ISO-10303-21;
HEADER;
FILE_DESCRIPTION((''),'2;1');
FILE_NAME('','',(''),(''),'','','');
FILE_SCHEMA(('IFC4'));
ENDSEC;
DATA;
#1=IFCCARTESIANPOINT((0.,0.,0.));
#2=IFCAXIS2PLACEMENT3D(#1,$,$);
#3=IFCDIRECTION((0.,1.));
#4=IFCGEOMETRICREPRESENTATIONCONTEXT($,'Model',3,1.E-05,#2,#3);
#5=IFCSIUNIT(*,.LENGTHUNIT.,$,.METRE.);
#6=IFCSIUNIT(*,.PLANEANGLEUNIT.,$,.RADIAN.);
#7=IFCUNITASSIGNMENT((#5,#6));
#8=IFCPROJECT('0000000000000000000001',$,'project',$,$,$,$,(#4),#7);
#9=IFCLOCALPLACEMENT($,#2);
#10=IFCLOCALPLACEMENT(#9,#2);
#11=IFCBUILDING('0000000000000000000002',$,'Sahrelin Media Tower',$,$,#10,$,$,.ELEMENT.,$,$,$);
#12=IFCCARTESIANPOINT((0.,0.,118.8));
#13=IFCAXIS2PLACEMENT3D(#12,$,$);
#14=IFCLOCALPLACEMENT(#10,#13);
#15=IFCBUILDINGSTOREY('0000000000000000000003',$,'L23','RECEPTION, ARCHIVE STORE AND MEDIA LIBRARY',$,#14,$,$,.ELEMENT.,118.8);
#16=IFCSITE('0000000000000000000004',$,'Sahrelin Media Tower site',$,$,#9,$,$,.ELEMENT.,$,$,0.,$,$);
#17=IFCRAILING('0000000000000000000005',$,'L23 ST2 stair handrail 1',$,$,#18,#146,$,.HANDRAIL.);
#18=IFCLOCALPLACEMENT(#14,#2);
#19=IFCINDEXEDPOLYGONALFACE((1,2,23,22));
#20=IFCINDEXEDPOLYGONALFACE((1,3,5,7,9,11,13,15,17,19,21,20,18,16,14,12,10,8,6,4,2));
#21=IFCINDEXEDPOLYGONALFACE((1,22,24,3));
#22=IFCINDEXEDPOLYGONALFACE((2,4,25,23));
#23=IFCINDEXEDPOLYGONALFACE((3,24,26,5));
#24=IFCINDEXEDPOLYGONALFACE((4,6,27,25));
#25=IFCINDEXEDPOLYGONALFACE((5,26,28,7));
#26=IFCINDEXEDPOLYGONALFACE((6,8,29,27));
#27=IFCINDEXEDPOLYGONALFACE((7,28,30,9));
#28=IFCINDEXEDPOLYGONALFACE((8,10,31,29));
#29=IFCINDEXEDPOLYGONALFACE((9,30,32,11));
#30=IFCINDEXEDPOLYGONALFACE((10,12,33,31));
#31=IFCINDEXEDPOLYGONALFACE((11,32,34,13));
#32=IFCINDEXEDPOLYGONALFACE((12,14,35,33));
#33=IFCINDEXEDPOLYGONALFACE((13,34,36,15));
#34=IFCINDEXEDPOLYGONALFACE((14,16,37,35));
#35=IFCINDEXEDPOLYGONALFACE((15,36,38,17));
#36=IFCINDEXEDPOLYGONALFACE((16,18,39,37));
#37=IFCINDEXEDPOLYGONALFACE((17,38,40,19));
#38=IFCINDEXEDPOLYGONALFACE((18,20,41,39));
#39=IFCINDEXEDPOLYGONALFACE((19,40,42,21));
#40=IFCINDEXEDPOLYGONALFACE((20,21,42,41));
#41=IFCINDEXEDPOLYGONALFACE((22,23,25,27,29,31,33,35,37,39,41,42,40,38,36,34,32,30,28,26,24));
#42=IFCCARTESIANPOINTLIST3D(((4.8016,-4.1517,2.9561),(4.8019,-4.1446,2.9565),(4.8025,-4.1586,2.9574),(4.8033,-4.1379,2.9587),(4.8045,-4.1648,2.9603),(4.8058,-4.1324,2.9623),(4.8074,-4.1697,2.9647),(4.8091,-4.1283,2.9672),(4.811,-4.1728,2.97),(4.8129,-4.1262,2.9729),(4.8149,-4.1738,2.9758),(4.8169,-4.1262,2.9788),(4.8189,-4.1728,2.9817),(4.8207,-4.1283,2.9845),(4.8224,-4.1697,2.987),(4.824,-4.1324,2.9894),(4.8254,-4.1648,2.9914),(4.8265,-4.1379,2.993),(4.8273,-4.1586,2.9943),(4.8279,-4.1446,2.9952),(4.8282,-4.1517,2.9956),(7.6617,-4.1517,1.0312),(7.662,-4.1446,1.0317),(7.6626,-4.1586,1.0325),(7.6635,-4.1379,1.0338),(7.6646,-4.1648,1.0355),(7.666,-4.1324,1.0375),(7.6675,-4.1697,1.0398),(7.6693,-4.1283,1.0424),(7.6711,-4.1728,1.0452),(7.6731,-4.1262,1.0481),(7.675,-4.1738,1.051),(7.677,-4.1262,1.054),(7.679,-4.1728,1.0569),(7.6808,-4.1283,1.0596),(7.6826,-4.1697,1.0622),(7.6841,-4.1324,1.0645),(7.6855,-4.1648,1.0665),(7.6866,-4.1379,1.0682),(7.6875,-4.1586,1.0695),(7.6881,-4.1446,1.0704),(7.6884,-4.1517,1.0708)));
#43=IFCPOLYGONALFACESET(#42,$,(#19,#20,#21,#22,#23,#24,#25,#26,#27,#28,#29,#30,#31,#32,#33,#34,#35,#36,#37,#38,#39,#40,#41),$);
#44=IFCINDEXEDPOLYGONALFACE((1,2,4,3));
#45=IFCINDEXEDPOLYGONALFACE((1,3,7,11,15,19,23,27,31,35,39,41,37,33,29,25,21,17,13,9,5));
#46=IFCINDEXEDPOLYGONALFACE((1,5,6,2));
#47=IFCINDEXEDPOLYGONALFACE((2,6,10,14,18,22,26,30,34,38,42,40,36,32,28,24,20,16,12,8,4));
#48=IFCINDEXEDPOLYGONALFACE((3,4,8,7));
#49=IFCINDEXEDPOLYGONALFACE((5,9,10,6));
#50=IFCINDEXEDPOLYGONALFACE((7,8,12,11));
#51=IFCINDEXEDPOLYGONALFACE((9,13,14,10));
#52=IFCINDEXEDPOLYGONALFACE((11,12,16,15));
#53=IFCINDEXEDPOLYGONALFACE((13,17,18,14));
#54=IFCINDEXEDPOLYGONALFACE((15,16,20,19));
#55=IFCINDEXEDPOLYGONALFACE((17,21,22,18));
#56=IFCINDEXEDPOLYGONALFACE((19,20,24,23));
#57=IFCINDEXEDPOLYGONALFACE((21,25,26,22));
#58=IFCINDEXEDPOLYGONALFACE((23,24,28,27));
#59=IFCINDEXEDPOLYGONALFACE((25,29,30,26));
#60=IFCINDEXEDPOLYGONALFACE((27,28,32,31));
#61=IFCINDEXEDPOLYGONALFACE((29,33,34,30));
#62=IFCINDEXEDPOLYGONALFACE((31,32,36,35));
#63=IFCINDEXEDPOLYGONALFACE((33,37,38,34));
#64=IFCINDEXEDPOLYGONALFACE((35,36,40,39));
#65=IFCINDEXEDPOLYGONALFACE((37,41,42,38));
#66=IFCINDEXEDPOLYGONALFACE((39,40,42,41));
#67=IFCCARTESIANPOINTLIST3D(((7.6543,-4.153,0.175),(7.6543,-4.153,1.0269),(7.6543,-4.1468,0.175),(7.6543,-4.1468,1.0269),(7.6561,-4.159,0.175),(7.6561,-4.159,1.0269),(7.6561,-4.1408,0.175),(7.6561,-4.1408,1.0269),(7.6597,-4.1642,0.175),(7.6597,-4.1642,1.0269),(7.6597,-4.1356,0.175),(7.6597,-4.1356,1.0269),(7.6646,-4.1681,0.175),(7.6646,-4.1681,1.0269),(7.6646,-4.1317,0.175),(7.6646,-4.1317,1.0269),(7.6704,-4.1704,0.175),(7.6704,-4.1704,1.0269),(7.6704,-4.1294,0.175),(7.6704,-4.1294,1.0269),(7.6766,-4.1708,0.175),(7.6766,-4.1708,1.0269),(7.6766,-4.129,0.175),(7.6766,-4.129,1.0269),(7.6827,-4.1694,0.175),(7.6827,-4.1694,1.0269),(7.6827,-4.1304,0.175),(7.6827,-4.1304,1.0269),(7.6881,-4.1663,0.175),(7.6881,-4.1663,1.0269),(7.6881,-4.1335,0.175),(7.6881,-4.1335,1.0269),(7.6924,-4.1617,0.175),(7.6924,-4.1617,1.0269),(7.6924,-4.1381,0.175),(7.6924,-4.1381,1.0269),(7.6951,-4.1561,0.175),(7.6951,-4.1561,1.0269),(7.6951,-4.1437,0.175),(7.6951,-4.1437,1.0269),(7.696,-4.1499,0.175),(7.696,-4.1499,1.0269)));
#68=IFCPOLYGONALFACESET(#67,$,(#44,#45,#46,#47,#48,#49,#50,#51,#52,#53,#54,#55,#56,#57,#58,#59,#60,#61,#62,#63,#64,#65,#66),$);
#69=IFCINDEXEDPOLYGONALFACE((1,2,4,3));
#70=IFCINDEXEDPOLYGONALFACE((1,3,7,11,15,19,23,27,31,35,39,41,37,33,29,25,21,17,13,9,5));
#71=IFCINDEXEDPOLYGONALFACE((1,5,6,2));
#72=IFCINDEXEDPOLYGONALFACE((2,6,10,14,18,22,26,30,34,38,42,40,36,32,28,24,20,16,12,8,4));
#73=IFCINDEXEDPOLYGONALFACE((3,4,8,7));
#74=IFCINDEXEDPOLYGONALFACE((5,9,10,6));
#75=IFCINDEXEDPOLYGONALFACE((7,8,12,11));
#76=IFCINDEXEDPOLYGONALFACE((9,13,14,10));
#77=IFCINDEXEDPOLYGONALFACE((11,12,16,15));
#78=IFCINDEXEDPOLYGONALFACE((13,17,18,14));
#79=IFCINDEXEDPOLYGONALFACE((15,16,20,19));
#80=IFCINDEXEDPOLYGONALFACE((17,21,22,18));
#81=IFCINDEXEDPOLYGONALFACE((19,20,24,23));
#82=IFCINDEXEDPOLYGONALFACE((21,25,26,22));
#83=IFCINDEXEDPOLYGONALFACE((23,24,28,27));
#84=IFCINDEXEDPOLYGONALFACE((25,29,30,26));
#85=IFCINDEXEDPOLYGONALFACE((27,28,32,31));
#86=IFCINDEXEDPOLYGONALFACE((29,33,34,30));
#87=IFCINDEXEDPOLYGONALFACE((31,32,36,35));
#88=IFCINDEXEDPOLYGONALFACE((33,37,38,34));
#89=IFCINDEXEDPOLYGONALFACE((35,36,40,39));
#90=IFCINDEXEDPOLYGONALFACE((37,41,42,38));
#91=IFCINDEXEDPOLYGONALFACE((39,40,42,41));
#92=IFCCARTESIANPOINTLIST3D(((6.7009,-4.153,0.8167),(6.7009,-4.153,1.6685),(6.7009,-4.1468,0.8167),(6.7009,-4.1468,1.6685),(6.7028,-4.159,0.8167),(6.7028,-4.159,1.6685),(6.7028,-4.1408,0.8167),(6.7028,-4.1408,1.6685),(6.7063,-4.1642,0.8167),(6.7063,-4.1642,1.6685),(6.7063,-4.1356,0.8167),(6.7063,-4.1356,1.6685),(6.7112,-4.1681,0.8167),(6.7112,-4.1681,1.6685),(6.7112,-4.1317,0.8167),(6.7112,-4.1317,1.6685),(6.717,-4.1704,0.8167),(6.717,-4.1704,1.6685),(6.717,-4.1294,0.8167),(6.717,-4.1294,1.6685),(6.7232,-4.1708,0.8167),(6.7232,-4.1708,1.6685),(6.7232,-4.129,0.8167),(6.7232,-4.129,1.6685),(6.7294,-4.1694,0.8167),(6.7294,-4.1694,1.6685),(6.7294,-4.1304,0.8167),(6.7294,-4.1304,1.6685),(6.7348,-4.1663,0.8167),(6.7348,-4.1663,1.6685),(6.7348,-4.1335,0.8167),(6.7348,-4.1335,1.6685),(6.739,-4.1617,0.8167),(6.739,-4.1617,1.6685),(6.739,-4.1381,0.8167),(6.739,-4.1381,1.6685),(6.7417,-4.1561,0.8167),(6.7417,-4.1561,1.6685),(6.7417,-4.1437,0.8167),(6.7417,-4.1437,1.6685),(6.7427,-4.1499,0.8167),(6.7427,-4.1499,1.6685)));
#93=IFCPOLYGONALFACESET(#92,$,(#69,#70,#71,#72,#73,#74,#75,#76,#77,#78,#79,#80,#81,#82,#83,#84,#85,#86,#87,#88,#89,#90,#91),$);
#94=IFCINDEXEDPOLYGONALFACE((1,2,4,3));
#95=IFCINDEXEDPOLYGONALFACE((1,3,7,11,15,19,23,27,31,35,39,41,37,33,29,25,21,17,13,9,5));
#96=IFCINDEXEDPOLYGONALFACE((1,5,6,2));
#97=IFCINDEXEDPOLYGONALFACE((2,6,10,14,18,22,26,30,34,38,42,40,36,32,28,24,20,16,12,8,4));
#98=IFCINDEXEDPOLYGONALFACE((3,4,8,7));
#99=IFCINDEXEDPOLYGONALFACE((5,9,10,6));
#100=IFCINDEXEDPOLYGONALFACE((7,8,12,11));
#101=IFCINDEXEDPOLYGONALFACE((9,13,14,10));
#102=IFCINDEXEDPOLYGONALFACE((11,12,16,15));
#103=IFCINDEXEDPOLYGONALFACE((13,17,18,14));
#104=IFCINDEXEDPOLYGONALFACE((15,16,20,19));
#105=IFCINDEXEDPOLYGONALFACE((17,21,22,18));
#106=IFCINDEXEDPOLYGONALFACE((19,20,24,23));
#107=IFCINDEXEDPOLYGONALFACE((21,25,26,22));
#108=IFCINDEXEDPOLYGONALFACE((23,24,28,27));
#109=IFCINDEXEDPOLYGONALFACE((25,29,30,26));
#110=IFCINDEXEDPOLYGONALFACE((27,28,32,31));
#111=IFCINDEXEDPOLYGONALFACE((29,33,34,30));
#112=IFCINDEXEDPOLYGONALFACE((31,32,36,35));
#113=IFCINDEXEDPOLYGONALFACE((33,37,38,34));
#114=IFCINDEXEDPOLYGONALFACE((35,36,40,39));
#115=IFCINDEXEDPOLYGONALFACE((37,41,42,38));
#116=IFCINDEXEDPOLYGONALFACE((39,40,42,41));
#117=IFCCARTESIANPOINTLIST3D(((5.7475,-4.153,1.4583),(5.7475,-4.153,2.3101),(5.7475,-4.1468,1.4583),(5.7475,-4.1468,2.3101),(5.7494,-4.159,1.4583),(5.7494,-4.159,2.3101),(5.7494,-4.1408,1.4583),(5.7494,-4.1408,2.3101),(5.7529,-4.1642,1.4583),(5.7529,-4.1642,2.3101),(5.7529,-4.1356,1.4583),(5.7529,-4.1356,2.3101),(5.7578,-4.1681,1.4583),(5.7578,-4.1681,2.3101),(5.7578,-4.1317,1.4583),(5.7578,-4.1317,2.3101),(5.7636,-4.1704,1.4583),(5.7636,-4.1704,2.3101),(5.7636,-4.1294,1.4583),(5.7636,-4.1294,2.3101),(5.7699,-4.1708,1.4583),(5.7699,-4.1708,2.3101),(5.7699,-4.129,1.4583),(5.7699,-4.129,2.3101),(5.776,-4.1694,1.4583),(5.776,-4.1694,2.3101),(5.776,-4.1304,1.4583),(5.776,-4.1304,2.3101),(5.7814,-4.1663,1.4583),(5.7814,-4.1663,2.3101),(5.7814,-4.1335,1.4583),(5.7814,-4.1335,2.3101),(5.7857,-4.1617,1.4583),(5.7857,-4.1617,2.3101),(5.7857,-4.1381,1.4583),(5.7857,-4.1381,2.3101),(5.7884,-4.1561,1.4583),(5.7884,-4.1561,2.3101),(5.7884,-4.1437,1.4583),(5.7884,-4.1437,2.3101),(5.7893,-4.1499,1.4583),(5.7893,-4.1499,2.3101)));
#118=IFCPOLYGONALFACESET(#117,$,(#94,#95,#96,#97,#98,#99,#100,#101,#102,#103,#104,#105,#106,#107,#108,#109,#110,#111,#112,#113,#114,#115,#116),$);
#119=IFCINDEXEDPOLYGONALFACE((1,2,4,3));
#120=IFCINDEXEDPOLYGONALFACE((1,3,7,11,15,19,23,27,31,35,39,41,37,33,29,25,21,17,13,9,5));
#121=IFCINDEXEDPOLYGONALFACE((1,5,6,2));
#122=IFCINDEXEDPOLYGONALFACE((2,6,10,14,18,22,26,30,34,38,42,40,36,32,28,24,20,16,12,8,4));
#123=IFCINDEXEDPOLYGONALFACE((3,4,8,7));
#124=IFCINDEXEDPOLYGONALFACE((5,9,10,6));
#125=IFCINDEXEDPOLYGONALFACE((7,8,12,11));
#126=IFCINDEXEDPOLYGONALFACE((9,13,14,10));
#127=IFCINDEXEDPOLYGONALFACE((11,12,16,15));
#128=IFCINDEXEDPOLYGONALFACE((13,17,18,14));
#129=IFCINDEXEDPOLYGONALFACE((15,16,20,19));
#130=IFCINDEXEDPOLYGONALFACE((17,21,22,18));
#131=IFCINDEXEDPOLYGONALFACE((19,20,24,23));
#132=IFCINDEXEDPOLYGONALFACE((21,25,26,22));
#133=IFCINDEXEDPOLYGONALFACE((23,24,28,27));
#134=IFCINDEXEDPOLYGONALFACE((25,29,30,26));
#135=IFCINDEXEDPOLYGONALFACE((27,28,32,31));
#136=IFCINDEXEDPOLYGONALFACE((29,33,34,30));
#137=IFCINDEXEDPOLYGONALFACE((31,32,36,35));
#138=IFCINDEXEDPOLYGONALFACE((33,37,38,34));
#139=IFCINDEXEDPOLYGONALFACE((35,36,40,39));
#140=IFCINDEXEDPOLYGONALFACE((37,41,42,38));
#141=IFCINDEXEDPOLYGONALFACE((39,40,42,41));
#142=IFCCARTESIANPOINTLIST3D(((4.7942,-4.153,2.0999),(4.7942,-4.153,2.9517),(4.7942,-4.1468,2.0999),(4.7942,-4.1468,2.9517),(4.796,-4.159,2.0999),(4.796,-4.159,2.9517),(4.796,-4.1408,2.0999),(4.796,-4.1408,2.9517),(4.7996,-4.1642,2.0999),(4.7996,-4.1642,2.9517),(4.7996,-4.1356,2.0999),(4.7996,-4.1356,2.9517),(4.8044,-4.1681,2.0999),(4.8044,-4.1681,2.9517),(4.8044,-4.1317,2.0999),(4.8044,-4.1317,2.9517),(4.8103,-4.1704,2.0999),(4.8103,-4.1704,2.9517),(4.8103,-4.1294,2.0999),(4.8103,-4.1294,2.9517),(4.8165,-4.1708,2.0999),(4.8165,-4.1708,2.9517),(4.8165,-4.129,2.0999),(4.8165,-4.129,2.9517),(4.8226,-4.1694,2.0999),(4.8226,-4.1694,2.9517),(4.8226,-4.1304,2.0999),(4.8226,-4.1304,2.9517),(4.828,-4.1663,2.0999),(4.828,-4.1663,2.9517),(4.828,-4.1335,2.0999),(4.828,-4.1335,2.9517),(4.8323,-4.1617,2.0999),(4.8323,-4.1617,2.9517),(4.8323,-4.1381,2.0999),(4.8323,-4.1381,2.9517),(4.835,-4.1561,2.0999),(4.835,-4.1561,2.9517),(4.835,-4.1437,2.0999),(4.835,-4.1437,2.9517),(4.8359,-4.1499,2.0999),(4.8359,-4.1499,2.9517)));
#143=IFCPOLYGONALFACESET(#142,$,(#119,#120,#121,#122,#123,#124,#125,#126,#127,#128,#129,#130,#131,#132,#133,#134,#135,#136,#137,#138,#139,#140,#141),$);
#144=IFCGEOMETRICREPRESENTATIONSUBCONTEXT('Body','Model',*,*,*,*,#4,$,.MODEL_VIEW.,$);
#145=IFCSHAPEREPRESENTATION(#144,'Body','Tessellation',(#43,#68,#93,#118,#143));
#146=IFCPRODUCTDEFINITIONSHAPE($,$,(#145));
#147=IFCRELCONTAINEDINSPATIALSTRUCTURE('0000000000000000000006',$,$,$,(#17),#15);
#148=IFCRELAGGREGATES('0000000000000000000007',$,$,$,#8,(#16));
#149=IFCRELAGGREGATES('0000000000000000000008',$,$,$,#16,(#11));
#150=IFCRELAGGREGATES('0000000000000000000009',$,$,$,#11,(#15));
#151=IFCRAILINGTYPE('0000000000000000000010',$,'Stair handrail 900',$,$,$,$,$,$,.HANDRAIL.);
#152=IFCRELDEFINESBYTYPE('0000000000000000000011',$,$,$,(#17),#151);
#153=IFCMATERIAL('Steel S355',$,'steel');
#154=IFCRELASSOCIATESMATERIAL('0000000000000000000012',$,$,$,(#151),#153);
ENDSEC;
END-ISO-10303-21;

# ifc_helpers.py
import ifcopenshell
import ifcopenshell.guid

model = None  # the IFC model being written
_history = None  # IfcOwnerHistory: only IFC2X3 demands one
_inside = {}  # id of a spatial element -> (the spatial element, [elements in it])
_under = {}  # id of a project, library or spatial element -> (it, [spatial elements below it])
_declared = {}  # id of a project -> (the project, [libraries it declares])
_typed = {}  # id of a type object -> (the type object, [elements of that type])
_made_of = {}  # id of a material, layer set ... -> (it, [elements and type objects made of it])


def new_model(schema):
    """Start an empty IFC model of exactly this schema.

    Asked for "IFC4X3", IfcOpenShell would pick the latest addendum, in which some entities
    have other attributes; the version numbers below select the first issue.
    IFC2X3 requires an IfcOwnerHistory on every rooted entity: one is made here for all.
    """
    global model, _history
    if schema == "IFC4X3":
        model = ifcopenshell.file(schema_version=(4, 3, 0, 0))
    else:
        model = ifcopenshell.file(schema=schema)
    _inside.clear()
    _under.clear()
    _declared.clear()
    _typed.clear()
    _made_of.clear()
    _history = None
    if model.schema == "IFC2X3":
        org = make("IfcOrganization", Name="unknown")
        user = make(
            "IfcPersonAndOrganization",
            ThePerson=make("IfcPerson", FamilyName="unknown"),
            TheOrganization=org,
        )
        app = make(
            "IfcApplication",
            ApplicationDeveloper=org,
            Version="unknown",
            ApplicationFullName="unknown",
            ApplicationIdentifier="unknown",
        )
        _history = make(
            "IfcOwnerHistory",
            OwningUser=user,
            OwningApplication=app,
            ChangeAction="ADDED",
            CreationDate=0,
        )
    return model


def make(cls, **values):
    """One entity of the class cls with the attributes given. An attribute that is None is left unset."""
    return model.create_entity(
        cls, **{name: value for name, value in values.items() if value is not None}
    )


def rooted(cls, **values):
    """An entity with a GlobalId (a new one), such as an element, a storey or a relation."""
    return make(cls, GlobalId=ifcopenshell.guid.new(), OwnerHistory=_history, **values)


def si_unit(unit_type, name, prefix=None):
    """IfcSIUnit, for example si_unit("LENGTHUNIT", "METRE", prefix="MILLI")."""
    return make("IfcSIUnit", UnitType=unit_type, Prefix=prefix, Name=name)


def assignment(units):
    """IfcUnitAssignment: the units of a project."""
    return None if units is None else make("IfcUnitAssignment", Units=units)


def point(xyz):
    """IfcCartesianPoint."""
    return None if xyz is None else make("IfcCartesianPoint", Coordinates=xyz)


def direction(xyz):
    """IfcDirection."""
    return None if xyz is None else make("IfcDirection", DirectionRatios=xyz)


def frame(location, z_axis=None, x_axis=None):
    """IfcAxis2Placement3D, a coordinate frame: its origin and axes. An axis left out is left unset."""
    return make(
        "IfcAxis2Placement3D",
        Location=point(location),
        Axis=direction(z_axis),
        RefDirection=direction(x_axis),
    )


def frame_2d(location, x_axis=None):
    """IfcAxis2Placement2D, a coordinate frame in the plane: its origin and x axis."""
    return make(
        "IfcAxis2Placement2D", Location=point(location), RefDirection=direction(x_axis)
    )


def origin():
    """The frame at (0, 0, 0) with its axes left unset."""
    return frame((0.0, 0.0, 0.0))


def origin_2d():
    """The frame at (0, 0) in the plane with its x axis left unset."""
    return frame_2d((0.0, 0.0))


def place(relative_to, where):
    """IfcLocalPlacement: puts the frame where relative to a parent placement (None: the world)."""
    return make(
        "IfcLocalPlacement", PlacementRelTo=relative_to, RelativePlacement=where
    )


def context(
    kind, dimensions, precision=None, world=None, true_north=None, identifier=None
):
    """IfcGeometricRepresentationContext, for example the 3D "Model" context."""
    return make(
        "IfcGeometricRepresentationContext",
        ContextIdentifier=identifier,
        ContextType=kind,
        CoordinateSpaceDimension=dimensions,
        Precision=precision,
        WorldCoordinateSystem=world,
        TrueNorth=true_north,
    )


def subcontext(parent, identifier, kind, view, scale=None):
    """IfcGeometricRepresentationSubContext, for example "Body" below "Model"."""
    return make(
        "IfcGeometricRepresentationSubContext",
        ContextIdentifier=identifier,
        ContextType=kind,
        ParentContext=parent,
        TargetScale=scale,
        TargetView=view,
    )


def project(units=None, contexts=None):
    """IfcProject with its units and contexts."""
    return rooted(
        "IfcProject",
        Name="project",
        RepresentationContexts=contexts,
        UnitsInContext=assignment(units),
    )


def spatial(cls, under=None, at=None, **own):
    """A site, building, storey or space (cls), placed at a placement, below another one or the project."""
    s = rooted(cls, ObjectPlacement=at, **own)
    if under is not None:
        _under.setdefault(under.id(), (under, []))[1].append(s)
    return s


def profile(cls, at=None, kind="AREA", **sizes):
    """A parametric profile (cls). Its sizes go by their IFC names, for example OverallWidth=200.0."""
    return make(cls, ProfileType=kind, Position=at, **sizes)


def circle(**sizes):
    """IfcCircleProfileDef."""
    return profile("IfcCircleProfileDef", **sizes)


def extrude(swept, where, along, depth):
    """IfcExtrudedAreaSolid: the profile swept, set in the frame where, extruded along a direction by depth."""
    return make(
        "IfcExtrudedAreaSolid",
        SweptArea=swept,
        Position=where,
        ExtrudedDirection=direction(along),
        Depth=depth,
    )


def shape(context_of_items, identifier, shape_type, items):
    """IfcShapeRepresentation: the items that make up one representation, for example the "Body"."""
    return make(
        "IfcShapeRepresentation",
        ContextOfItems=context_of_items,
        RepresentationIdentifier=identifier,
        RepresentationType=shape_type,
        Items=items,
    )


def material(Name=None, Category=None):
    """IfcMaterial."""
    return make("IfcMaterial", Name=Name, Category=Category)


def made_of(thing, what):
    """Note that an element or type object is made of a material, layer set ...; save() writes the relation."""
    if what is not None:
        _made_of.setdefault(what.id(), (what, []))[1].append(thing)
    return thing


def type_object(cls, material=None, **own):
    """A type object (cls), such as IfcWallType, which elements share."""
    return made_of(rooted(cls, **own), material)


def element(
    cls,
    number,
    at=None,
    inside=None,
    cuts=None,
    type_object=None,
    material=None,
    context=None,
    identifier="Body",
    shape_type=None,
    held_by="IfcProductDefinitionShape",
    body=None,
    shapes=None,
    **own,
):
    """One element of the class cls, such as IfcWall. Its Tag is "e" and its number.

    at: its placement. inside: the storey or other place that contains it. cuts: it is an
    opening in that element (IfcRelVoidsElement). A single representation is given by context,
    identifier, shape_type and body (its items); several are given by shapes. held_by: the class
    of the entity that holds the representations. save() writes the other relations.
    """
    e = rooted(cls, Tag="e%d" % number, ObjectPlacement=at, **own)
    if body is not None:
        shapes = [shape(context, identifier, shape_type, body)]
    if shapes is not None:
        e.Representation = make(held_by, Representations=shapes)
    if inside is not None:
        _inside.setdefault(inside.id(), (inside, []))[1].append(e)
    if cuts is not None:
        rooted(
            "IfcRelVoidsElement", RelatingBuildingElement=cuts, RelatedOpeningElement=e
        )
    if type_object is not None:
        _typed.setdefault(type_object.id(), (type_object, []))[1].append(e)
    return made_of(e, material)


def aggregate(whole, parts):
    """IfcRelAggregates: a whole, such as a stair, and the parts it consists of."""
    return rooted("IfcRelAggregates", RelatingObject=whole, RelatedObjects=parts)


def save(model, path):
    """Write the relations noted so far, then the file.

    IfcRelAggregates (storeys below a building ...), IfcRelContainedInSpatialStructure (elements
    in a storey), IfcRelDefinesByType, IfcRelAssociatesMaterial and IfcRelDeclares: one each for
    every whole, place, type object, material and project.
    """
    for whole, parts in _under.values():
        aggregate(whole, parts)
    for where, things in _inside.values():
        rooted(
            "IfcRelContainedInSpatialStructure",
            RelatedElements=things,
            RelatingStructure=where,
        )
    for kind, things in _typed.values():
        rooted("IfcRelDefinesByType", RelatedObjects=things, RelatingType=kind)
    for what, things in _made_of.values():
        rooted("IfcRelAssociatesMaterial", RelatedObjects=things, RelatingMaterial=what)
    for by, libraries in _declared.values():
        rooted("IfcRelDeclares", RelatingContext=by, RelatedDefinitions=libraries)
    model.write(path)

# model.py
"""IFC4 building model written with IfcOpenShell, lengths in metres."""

from ifc_helpers import new_model, si_unit, direction, frame, origin, origin_2d, place, context, subcontext, project, spatial, circle, extrude, material, type_object, element, save


model = new_model("IFC4")

# Units and contexts
model_context = context("Model", 3, precision=1e-05, world=origin(), true_north=direction((0.0, 1.0)))
body_context = subcontext(model_context, "Body", "Model", "MODEL_VIEW")
ifc_project = project(units=[si_unit("LENGTHUNIT", "METRE"), si_unit("PLANEANGLEUNIT", "RADIAN")], contexts=[model_context])

# Site, building, storey
site_placement = place(None, origin())
site = spatial("IfcSite", under=ifc_project, at=site_placement, Name="Sahrelin Media Tower site", CompositionType="ELEMENT", RefElevation=0.0)
building_placement = place(site_placement, origin())
building = spatial("IfcBuilding", under=site, at=building_placement, Name="Sahrelin Media Tower", CompositionType="ELEMENT")
storey_placement = place(building_placement, frame((0.0, 0.0, 118.8)))
storey = spatial("IfcBuildingStorey", under=building, at=storey_placement, Name="L23", Description="RECEPTION, ARCHIVE STORE AND MEDIA LIBRARY", CompositionType="ELEMENT", Elevation=118.8)

# Shared definitions
ifc_material_1 = material(Name="Steel S355", Category="steel")

# Railing
railing_type_1 = type_object("IfcRailingType", Name="Stair handrail 900", PredefinedType="HANDRAIL", material=ifc_material_1)
railing_1_placement = place(storey_placement, frame((7.675, -4.1499, 0.175)))
element("IfcRailing", 1, at=railing_1_placement, inside=storey, type_object=railing_type_1, Name="L23 ST2 stair handrail 1", PredefinedType="HANDRAIL", context=body_context, shape_type="SweptSolid", body=[
    extrude(circle(Radius=0.0239, at=origin_2d()), frame((0.0, 0.0, 0.876), z_axis=(-0.829624, 0.0, 0.558323), x_axis=(0.0, -1.0, 0.0)), (0.0, 0.0, 1.0), 3.4475),
    extrude(circle(Radius=0.021, at=origin_2d()), origin(), (0.0, 0.0, 1.0), 0.8518),
    extrude(circle(Radius=0.021, at=origin_2d()), frame((-0.9534, 0.0, 0.6416)), (0.0, 0.0, 1.0), 0.8518),
    extrude(circle(Radius=0.021, at=origin_2d()), frame((-1.9067, 0.0, 1.2832)), (0.0, 0.0, 1.0), 0.8518),
    extrude(circle(Radius=0.021, at=origin_2d()), frame((-2.8601, 0.0, 1.9248)), (0.0, 0.0, 1.0), 0.8518),
])

save(model, "model.ifc")
